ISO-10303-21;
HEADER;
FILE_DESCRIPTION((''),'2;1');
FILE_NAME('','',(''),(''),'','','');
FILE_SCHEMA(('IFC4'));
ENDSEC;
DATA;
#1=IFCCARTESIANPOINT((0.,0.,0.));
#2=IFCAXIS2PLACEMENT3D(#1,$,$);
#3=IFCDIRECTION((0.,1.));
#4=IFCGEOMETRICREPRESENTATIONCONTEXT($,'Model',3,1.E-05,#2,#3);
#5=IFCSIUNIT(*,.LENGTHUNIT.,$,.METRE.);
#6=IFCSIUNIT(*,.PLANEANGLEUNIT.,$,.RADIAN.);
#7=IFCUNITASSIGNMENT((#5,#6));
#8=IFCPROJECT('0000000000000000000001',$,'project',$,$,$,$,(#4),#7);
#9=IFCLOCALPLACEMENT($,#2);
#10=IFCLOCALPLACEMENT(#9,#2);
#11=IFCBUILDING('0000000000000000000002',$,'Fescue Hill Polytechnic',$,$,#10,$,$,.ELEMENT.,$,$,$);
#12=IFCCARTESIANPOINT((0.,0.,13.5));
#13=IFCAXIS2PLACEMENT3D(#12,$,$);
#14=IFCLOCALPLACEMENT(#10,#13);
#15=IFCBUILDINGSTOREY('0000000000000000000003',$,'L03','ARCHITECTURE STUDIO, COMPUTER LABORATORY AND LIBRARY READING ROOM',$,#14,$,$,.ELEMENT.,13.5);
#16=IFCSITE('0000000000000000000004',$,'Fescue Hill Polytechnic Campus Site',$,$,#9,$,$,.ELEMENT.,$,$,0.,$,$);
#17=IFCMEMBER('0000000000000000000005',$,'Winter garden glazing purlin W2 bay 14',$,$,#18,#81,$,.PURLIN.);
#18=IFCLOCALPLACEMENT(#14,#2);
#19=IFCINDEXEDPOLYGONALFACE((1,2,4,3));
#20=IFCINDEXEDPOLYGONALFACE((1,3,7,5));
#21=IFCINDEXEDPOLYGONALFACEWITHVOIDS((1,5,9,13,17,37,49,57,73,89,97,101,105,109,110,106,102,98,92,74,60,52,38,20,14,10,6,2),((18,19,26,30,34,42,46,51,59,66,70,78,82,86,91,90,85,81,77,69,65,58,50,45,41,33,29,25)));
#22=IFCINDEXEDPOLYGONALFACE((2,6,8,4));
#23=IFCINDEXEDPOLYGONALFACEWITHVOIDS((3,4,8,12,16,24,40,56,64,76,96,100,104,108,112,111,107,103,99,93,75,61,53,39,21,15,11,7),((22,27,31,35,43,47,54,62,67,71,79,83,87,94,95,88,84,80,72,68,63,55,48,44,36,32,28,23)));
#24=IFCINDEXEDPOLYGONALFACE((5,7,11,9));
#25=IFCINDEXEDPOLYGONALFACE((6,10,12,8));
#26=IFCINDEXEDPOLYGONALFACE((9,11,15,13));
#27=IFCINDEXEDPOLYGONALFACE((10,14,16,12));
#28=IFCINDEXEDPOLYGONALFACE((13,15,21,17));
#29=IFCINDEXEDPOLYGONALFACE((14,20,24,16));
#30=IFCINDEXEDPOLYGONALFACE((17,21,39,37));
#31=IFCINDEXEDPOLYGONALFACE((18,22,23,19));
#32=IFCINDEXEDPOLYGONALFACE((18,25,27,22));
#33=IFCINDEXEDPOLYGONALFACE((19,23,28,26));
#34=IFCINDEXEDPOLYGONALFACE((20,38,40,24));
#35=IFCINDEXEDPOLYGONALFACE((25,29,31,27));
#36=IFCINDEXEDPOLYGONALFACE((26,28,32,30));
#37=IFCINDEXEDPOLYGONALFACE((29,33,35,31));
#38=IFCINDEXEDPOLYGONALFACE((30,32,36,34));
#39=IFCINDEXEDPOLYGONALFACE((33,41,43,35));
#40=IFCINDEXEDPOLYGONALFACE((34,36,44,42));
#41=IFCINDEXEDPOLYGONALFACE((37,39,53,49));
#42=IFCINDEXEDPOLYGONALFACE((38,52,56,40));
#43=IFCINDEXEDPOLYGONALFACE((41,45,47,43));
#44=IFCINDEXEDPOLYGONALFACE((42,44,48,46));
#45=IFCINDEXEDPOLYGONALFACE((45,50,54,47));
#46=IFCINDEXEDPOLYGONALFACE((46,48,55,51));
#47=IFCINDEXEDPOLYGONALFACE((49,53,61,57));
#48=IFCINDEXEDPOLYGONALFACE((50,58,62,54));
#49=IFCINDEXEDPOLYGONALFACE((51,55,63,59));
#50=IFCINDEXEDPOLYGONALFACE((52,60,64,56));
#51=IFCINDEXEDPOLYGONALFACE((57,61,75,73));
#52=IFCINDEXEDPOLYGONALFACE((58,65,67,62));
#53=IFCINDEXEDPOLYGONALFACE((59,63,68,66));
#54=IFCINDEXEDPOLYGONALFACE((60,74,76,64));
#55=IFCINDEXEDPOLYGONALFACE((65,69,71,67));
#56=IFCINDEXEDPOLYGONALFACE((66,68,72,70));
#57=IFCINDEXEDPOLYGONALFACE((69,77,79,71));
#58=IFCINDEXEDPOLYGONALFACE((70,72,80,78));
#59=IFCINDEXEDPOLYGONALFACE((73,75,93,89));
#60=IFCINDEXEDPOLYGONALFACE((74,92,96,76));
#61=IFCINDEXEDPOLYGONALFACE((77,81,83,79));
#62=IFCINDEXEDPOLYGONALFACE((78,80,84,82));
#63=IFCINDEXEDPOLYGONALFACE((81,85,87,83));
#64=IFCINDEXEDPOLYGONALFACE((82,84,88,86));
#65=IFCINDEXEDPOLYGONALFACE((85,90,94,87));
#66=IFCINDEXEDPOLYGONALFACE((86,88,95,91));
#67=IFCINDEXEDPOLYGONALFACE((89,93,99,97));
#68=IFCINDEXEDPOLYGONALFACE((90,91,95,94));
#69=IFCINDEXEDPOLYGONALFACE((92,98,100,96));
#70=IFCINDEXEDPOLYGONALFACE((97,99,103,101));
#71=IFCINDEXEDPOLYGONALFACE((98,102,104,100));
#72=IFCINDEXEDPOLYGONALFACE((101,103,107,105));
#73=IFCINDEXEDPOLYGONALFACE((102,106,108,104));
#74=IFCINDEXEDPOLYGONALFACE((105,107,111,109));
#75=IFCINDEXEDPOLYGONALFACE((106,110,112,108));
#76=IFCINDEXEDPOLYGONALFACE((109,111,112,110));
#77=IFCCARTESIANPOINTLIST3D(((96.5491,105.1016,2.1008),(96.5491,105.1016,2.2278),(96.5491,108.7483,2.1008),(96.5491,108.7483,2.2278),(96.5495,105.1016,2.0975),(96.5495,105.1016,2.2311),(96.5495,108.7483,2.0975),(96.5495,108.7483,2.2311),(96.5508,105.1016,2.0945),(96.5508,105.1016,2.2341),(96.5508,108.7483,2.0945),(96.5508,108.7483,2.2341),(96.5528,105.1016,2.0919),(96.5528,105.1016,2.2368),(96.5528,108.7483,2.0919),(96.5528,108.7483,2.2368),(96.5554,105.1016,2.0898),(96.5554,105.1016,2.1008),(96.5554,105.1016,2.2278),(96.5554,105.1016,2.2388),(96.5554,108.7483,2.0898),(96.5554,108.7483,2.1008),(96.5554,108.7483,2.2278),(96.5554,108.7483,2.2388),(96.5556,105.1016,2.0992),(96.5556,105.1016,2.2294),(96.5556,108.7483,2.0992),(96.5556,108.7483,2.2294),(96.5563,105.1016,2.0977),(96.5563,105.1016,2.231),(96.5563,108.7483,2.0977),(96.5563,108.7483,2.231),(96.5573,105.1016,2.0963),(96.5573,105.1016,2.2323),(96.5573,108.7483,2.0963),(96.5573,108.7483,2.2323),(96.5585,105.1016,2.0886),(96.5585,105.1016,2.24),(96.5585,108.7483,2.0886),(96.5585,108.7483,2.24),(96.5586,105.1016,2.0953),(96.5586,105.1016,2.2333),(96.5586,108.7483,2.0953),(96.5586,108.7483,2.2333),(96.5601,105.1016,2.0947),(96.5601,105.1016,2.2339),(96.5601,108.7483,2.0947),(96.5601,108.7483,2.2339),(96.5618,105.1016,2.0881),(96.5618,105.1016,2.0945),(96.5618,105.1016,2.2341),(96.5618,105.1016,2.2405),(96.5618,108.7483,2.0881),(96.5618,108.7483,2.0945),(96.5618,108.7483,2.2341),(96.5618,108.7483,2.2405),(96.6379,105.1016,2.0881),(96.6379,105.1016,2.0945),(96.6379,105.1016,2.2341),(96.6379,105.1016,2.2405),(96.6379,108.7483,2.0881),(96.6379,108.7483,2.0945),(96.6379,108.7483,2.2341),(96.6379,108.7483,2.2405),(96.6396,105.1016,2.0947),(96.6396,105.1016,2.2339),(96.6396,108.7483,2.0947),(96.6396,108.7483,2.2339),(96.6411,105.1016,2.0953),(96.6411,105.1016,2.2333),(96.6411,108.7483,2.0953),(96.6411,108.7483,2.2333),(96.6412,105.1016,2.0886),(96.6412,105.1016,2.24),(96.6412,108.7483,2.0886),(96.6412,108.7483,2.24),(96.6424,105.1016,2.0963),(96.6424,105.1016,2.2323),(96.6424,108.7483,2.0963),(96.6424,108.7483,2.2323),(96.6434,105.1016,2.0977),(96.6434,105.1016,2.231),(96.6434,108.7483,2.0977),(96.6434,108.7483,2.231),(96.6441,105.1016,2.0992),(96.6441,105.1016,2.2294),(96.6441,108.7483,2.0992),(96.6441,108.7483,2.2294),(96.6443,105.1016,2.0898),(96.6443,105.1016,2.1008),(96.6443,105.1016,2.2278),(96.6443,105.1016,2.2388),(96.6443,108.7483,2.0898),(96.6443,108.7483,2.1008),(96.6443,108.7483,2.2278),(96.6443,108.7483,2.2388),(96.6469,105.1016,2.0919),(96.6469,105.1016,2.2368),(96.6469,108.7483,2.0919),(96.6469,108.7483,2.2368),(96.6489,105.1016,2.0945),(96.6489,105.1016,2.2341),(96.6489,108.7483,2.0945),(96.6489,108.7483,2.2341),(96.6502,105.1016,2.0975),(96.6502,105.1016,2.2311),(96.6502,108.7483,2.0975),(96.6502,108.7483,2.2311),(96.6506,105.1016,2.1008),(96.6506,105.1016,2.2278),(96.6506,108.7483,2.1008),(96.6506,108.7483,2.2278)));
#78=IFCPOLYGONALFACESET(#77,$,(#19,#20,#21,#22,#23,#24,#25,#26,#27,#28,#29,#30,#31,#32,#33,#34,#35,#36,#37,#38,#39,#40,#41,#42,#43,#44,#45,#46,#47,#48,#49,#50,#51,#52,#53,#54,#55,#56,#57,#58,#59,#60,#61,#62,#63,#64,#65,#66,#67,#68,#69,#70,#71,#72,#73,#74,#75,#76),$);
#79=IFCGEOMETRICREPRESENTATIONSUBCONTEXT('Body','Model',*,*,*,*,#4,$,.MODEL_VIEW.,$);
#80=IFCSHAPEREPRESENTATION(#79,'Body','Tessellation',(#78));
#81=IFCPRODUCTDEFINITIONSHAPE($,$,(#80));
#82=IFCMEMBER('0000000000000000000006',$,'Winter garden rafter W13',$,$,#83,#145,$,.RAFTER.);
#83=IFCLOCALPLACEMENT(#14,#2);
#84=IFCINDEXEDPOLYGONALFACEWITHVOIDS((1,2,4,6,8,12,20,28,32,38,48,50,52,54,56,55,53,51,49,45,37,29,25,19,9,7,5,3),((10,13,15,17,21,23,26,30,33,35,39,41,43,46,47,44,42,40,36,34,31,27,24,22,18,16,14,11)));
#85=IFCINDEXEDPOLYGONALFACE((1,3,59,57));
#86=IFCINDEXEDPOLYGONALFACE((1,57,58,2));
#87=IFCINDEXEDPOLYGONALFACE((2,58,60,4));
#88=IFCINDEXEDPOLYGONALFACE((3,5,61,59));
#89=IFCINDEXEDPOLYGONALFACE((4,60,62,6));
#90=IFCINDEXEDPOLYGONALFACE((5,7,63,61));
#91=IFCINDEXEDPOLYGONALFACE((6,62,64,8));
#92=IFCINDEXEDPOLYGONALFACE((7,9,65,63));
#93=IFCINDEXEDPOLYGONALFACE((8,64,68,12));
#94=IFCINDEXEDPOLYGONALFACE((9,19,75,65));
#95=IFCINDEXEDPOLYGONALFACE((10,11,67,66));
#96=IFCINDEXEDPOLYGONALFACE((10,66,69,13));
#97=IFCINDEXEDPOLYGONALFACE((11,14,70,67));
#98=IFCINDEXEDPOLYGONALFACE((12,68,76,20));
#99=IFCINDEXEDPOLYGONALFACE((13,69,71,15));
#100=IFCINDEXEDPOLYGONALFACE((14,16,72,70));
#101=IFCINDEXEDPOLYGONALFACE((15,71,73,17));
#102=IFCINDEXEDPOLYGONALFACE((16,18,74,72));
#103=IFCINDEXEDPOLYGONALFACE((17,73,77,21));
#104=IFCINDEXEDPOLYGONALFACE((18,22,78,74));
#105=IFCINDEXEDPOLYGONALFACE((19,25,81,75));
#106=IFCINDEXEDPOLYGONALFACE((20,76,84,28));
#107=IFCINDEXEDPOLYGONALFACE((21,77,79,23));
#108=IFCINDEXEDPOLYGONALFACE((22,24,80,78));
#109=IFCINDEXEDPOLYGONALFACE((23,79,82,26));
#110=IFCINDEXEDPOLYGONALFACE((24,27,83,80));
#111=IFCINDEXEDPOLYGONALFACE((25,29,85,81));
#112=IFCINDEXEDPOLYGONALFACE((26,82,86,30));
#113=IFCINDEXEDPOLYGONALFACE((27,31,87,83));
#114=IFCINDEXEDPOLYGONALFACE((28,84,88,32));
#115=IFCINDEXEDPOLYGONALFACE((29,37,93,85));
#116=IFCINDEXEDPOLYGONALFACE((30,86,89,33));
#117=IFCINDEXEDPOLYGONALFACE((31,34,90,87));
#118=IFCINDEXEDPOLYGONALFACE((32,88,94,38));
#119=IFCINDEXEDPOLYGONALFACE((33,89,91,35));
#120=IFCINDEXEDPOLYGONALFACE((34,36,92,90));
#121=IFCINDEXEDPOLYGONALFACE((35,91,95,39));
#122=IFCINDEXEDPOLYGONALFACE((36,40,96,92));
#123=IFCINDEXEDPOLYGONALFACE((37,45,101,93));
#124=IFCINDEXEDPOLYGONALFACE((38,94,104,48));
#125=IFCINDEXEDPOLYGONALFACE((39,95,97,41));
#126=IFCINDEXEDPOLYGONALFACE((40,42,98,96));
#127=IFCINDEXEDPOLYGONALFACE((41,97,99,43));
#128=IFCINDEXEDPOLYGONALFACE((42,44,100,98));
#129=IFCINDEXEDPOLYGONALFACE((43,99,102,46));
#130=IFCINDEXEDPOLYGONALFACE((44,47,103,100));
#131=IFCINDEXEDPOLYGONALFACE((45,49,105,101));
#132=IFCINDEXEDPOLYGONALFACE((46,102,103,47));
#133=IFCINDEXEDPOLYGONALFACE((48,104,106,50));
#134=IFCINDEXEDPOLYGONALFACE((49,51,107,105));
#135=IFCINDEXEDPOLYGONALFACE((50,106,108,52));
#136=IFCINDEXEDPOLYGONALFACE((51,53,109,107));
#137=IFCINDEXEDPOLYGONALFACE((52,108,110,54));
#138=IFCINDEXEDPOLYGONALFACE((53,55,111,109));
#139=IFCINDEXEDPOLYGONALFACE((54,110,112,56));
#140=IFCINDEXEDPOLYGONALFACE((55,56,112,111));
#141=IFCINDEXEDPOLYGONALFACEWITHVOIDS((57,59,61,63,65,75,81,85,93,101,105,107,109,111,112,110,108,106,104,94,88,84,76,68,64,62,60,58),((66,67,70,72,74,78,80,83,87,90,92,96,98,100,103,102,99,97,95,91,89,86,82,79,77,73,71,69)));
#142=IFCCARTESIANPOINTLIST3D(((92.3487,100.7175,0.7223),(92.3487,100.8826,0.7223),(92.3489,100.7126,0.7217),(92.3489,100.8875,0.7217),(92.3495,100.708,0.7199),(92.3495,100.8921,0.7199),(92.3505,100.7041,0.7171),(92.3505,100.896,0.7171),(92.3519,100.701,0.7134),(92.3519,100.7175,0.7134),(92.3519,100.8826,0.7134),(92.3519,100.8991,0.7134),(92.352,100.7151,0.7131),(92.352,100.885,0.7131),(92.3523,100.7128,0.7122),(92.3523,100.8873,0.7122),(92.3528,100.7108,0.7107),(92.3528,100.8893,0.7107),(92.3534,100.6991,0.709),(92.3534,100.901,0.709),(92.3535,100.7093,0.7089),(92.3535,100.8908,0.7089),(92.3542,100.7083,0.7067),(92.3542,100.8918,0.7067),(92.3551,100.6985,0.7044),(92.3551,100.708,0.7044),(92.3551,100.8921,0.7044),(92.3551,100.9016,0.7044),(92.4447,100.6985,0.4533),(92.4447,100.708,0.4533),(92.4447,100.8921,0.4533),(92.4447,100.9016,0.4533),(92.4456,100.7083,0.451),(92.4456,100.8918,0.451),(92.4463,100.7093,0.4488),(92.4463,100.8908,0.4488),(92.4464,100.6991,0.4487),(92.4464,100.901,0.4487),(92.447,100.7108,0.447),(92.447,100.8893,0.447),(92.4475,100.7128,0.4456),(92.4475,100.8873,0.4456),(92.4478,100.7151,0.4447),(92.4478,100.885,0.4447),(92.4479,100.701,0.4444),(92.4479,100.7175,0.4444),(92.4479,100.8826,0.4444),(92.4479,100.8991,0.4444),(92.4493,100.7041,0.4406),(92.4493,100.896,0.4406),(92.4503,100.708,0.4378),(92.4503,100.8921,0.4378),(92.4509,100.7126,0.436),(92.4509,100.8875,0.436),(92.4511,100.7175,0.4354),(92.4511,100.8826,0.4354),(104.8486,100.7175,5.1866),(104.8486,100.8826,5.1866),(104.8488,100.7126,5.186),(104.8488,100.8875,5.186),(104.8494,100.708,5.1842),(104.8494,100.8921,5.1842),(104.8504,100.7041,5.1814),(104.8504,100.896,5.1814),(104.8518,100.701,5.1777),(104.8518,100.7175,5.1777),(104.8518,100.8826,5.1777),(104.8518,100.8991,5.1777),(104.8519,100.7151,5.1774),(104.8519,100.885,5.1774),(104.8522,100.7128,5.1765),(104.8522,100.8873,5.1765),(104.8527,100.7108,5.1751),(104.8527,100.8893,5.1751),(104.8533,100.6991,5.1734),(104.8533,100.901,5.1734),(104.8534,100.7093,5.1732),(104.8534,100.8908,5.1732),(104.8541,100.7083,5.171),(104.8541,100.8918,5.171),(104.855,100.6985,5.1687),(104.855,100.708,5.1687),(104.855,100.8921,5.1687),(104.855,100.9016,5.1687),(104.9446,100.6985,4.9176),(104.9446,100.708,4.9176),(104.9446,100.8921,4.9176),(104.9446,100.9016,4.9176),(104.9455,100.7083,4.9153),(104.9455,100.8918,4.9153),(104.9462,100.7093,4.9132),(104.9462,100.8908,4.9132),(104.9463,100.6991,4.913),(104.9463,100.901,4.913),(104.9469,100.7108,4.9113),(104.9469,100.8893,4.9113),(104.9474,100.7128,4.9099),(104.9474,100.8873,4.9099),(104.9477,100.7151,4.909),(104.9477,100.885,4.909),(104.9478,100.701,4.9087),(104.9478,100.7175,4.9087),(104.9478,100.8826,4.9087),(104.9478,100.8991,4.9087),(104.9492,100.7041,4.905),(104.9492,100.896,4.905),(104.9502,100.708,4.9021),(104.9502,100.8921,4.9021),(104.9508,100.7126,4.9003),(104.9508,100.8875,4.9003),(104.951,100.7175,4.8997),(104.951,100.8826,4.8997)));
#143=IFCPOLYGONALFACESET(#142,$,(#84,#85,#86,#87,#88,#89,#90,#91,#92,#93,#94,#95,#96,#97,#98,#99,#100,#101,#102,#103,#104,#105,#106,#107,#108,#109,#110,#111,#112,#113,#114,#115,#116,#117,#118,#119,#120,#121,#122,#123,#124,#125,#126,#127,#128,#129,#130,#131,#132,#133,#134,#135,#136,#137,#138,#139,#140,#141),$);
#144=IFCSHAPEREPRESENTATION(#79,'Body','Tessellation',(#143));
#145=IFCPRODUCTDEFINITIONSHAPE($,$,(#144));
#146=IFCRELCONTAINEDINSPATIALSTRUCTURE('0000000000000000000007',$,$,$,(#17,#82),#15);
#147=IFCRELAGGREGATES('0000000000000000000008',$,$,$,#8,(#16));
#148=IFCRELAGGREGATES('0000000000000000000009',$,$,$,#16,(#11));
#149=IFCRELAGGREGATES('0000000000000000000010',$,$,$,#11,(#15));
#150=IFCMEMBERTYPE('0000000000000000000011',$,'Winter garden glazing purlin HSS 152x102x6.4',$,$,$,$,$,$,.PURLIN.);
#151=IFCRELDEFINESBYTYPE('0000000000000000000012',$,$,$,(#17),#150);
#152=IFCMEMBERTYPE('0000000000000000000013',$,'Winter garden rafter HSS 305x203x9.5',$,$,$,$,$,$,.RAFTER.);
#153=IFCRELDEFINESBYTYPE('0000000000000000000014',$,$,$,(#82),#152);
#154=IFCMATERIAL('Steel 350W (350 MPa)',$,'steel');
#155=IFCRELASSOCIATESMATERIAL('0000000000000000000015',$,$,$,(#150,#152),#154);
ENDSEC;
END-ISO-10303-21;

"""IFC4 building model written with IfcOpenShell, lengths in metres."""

from ifc_helpers import new_model, si_unit, direction, frame, origin, origin_2d, place, context, subcontext, project, spatial, hollow_rectangle, extrude, material, material_profile, profile_set, type_object, element, save


model = new_model("IFC4")

# Units and contexts
model_context = context("Model", 3, precision=1e-05, world=origin(), true_north=direction((0.0, 1.0)))
body_context = subcontext(model_context, "Body", "Model", "MODEL_VIEW")
ifc_project = project(units=[si_unit("LENGTHUNIT", "METRE"), si_unit("PLANEANGLEUNIT", "RADIAN")], contexts=[model_context])

# Site, building, storey
site_placement = place(None, origin())
site = spatial("IfcSite", under=ifc_project, at=site_placement, Name="Fescue Hill Polytechnic Campus Site", CompositionType="ELEMENT", RefElevation=0.0)
building_placement = place(site_placement, origin())
building = spatial("IfcBuilding", under=site, at=building_placement, Name="Fescue Hill Polytechnic", CompositionType="ELEMENT")
storey_placement = place(building_placement, frame((0.0, 0.0, 13.5)))
storey = spatial("IfcBuildingStorey", under=building, at=storey_placement, Name="L03", Description="ARCHITECTURE STUDIO, COMPUTER LABORATORY AND LIBRARY READING ROOM", CompositionType="ELEMENT", Elevation=13.5)

# Members
ifc_material_1 = material(Name="Steel 350W (350 MPa)", Category="steel")
ifc_material_profile_1 = material_profile(ifc_material_1, hollow_rectangle(XDim=0.1016, YDim=0.1523, WallThickness=0.0063, InnerFilletRadius=0.0063, OuterFilletRadius=0.0127, at=origin_2d()), Name="Winter garden glazing purlin HSS 152x102x6.4")
ifc_profile_set_1 = profile_set([ifc_material_profile_1], Name="Steel 350W (350 MPa)")
member_type_1 = type_object("IfcMemberType", Name="Winter garden glazing purlin HSS 152x102x6.4", PredefinedType="PURLIN", material=ifc_profile_set_1)
for number, where, z_axis, x_axis, name in (
    (1, (96.5999, 105.1016, 2.1643), (0.0, 1.0, 0.0), (-1.0, 0.0, 0.0), "Winter garden glazing purlin W2 bay 14"),
):
    element("IfcMember", number, at=place(storey_placement, frame(where, z_axis=z_axis, x_axis=x_axis)), inside=storey, type_object=member_type_1, Name=name, PredefinedType="PURLIN", context=body_context, shape_type="SweptSolid", body=[
        extrude(hollow_rectangle(XDim=0.1016, YDim=0.1523, WallThickness=0.0063, InnerFilletRadius=0.0063, OuterFilletRadius=0.0127, at=origin_2d()), origin(), (0.0, 0.0, 1.0), 3.6467),
    ])
ifc_material_profile_2 = material_profile(ifc_material_1, hollow_rectangle(XDim=0.2031, YDim=0.3047, WallThickness=0.0095, InnerFilletRadius=0.0095, OuterFilletRadius=0.019, at=origin_2d()), Name="Winter garden rafter HSS 305x203x9.5")
ifc_profile_set_2 = profile_set([ifc_material_profile_2], Name="Steel 350W (350 MPa)")
member_type_2 = type_object("IfcMemberType", Name="Winter garden rafter HSS 305x203x9.5", PredefinedType="RAFTER", material=ifc_profile_set_2)
for number, where, z_axis, x_axis, name in (
    (2, (92.3999, 100.8, 0.5789), (0.94174, 0.0, 0.336341), (0.0, 1.0, 0.0), "Winter garden rafter W13"),
):
    element("IfcMember", number, at=place(storey_placement, frame(where, z_axis=z_axis, x_axis=x_axis)), inside=storey, type_object=member_type_2, Name=name, PredefinedType="RAFTER", context=body_context, shape_type="SweptSolid", body=[
        extrude(hollow_rectangle(XDim=0.2031, YDim=0.3047, WallThickness=0.0095, InnerFilletRadius=0.0095, OuterFilletRadius=0.019, at=origin_2d()), origin(), (0.0, 0.0, 1.0), 13.2732),
    ])

save(model, "model.ifc")
